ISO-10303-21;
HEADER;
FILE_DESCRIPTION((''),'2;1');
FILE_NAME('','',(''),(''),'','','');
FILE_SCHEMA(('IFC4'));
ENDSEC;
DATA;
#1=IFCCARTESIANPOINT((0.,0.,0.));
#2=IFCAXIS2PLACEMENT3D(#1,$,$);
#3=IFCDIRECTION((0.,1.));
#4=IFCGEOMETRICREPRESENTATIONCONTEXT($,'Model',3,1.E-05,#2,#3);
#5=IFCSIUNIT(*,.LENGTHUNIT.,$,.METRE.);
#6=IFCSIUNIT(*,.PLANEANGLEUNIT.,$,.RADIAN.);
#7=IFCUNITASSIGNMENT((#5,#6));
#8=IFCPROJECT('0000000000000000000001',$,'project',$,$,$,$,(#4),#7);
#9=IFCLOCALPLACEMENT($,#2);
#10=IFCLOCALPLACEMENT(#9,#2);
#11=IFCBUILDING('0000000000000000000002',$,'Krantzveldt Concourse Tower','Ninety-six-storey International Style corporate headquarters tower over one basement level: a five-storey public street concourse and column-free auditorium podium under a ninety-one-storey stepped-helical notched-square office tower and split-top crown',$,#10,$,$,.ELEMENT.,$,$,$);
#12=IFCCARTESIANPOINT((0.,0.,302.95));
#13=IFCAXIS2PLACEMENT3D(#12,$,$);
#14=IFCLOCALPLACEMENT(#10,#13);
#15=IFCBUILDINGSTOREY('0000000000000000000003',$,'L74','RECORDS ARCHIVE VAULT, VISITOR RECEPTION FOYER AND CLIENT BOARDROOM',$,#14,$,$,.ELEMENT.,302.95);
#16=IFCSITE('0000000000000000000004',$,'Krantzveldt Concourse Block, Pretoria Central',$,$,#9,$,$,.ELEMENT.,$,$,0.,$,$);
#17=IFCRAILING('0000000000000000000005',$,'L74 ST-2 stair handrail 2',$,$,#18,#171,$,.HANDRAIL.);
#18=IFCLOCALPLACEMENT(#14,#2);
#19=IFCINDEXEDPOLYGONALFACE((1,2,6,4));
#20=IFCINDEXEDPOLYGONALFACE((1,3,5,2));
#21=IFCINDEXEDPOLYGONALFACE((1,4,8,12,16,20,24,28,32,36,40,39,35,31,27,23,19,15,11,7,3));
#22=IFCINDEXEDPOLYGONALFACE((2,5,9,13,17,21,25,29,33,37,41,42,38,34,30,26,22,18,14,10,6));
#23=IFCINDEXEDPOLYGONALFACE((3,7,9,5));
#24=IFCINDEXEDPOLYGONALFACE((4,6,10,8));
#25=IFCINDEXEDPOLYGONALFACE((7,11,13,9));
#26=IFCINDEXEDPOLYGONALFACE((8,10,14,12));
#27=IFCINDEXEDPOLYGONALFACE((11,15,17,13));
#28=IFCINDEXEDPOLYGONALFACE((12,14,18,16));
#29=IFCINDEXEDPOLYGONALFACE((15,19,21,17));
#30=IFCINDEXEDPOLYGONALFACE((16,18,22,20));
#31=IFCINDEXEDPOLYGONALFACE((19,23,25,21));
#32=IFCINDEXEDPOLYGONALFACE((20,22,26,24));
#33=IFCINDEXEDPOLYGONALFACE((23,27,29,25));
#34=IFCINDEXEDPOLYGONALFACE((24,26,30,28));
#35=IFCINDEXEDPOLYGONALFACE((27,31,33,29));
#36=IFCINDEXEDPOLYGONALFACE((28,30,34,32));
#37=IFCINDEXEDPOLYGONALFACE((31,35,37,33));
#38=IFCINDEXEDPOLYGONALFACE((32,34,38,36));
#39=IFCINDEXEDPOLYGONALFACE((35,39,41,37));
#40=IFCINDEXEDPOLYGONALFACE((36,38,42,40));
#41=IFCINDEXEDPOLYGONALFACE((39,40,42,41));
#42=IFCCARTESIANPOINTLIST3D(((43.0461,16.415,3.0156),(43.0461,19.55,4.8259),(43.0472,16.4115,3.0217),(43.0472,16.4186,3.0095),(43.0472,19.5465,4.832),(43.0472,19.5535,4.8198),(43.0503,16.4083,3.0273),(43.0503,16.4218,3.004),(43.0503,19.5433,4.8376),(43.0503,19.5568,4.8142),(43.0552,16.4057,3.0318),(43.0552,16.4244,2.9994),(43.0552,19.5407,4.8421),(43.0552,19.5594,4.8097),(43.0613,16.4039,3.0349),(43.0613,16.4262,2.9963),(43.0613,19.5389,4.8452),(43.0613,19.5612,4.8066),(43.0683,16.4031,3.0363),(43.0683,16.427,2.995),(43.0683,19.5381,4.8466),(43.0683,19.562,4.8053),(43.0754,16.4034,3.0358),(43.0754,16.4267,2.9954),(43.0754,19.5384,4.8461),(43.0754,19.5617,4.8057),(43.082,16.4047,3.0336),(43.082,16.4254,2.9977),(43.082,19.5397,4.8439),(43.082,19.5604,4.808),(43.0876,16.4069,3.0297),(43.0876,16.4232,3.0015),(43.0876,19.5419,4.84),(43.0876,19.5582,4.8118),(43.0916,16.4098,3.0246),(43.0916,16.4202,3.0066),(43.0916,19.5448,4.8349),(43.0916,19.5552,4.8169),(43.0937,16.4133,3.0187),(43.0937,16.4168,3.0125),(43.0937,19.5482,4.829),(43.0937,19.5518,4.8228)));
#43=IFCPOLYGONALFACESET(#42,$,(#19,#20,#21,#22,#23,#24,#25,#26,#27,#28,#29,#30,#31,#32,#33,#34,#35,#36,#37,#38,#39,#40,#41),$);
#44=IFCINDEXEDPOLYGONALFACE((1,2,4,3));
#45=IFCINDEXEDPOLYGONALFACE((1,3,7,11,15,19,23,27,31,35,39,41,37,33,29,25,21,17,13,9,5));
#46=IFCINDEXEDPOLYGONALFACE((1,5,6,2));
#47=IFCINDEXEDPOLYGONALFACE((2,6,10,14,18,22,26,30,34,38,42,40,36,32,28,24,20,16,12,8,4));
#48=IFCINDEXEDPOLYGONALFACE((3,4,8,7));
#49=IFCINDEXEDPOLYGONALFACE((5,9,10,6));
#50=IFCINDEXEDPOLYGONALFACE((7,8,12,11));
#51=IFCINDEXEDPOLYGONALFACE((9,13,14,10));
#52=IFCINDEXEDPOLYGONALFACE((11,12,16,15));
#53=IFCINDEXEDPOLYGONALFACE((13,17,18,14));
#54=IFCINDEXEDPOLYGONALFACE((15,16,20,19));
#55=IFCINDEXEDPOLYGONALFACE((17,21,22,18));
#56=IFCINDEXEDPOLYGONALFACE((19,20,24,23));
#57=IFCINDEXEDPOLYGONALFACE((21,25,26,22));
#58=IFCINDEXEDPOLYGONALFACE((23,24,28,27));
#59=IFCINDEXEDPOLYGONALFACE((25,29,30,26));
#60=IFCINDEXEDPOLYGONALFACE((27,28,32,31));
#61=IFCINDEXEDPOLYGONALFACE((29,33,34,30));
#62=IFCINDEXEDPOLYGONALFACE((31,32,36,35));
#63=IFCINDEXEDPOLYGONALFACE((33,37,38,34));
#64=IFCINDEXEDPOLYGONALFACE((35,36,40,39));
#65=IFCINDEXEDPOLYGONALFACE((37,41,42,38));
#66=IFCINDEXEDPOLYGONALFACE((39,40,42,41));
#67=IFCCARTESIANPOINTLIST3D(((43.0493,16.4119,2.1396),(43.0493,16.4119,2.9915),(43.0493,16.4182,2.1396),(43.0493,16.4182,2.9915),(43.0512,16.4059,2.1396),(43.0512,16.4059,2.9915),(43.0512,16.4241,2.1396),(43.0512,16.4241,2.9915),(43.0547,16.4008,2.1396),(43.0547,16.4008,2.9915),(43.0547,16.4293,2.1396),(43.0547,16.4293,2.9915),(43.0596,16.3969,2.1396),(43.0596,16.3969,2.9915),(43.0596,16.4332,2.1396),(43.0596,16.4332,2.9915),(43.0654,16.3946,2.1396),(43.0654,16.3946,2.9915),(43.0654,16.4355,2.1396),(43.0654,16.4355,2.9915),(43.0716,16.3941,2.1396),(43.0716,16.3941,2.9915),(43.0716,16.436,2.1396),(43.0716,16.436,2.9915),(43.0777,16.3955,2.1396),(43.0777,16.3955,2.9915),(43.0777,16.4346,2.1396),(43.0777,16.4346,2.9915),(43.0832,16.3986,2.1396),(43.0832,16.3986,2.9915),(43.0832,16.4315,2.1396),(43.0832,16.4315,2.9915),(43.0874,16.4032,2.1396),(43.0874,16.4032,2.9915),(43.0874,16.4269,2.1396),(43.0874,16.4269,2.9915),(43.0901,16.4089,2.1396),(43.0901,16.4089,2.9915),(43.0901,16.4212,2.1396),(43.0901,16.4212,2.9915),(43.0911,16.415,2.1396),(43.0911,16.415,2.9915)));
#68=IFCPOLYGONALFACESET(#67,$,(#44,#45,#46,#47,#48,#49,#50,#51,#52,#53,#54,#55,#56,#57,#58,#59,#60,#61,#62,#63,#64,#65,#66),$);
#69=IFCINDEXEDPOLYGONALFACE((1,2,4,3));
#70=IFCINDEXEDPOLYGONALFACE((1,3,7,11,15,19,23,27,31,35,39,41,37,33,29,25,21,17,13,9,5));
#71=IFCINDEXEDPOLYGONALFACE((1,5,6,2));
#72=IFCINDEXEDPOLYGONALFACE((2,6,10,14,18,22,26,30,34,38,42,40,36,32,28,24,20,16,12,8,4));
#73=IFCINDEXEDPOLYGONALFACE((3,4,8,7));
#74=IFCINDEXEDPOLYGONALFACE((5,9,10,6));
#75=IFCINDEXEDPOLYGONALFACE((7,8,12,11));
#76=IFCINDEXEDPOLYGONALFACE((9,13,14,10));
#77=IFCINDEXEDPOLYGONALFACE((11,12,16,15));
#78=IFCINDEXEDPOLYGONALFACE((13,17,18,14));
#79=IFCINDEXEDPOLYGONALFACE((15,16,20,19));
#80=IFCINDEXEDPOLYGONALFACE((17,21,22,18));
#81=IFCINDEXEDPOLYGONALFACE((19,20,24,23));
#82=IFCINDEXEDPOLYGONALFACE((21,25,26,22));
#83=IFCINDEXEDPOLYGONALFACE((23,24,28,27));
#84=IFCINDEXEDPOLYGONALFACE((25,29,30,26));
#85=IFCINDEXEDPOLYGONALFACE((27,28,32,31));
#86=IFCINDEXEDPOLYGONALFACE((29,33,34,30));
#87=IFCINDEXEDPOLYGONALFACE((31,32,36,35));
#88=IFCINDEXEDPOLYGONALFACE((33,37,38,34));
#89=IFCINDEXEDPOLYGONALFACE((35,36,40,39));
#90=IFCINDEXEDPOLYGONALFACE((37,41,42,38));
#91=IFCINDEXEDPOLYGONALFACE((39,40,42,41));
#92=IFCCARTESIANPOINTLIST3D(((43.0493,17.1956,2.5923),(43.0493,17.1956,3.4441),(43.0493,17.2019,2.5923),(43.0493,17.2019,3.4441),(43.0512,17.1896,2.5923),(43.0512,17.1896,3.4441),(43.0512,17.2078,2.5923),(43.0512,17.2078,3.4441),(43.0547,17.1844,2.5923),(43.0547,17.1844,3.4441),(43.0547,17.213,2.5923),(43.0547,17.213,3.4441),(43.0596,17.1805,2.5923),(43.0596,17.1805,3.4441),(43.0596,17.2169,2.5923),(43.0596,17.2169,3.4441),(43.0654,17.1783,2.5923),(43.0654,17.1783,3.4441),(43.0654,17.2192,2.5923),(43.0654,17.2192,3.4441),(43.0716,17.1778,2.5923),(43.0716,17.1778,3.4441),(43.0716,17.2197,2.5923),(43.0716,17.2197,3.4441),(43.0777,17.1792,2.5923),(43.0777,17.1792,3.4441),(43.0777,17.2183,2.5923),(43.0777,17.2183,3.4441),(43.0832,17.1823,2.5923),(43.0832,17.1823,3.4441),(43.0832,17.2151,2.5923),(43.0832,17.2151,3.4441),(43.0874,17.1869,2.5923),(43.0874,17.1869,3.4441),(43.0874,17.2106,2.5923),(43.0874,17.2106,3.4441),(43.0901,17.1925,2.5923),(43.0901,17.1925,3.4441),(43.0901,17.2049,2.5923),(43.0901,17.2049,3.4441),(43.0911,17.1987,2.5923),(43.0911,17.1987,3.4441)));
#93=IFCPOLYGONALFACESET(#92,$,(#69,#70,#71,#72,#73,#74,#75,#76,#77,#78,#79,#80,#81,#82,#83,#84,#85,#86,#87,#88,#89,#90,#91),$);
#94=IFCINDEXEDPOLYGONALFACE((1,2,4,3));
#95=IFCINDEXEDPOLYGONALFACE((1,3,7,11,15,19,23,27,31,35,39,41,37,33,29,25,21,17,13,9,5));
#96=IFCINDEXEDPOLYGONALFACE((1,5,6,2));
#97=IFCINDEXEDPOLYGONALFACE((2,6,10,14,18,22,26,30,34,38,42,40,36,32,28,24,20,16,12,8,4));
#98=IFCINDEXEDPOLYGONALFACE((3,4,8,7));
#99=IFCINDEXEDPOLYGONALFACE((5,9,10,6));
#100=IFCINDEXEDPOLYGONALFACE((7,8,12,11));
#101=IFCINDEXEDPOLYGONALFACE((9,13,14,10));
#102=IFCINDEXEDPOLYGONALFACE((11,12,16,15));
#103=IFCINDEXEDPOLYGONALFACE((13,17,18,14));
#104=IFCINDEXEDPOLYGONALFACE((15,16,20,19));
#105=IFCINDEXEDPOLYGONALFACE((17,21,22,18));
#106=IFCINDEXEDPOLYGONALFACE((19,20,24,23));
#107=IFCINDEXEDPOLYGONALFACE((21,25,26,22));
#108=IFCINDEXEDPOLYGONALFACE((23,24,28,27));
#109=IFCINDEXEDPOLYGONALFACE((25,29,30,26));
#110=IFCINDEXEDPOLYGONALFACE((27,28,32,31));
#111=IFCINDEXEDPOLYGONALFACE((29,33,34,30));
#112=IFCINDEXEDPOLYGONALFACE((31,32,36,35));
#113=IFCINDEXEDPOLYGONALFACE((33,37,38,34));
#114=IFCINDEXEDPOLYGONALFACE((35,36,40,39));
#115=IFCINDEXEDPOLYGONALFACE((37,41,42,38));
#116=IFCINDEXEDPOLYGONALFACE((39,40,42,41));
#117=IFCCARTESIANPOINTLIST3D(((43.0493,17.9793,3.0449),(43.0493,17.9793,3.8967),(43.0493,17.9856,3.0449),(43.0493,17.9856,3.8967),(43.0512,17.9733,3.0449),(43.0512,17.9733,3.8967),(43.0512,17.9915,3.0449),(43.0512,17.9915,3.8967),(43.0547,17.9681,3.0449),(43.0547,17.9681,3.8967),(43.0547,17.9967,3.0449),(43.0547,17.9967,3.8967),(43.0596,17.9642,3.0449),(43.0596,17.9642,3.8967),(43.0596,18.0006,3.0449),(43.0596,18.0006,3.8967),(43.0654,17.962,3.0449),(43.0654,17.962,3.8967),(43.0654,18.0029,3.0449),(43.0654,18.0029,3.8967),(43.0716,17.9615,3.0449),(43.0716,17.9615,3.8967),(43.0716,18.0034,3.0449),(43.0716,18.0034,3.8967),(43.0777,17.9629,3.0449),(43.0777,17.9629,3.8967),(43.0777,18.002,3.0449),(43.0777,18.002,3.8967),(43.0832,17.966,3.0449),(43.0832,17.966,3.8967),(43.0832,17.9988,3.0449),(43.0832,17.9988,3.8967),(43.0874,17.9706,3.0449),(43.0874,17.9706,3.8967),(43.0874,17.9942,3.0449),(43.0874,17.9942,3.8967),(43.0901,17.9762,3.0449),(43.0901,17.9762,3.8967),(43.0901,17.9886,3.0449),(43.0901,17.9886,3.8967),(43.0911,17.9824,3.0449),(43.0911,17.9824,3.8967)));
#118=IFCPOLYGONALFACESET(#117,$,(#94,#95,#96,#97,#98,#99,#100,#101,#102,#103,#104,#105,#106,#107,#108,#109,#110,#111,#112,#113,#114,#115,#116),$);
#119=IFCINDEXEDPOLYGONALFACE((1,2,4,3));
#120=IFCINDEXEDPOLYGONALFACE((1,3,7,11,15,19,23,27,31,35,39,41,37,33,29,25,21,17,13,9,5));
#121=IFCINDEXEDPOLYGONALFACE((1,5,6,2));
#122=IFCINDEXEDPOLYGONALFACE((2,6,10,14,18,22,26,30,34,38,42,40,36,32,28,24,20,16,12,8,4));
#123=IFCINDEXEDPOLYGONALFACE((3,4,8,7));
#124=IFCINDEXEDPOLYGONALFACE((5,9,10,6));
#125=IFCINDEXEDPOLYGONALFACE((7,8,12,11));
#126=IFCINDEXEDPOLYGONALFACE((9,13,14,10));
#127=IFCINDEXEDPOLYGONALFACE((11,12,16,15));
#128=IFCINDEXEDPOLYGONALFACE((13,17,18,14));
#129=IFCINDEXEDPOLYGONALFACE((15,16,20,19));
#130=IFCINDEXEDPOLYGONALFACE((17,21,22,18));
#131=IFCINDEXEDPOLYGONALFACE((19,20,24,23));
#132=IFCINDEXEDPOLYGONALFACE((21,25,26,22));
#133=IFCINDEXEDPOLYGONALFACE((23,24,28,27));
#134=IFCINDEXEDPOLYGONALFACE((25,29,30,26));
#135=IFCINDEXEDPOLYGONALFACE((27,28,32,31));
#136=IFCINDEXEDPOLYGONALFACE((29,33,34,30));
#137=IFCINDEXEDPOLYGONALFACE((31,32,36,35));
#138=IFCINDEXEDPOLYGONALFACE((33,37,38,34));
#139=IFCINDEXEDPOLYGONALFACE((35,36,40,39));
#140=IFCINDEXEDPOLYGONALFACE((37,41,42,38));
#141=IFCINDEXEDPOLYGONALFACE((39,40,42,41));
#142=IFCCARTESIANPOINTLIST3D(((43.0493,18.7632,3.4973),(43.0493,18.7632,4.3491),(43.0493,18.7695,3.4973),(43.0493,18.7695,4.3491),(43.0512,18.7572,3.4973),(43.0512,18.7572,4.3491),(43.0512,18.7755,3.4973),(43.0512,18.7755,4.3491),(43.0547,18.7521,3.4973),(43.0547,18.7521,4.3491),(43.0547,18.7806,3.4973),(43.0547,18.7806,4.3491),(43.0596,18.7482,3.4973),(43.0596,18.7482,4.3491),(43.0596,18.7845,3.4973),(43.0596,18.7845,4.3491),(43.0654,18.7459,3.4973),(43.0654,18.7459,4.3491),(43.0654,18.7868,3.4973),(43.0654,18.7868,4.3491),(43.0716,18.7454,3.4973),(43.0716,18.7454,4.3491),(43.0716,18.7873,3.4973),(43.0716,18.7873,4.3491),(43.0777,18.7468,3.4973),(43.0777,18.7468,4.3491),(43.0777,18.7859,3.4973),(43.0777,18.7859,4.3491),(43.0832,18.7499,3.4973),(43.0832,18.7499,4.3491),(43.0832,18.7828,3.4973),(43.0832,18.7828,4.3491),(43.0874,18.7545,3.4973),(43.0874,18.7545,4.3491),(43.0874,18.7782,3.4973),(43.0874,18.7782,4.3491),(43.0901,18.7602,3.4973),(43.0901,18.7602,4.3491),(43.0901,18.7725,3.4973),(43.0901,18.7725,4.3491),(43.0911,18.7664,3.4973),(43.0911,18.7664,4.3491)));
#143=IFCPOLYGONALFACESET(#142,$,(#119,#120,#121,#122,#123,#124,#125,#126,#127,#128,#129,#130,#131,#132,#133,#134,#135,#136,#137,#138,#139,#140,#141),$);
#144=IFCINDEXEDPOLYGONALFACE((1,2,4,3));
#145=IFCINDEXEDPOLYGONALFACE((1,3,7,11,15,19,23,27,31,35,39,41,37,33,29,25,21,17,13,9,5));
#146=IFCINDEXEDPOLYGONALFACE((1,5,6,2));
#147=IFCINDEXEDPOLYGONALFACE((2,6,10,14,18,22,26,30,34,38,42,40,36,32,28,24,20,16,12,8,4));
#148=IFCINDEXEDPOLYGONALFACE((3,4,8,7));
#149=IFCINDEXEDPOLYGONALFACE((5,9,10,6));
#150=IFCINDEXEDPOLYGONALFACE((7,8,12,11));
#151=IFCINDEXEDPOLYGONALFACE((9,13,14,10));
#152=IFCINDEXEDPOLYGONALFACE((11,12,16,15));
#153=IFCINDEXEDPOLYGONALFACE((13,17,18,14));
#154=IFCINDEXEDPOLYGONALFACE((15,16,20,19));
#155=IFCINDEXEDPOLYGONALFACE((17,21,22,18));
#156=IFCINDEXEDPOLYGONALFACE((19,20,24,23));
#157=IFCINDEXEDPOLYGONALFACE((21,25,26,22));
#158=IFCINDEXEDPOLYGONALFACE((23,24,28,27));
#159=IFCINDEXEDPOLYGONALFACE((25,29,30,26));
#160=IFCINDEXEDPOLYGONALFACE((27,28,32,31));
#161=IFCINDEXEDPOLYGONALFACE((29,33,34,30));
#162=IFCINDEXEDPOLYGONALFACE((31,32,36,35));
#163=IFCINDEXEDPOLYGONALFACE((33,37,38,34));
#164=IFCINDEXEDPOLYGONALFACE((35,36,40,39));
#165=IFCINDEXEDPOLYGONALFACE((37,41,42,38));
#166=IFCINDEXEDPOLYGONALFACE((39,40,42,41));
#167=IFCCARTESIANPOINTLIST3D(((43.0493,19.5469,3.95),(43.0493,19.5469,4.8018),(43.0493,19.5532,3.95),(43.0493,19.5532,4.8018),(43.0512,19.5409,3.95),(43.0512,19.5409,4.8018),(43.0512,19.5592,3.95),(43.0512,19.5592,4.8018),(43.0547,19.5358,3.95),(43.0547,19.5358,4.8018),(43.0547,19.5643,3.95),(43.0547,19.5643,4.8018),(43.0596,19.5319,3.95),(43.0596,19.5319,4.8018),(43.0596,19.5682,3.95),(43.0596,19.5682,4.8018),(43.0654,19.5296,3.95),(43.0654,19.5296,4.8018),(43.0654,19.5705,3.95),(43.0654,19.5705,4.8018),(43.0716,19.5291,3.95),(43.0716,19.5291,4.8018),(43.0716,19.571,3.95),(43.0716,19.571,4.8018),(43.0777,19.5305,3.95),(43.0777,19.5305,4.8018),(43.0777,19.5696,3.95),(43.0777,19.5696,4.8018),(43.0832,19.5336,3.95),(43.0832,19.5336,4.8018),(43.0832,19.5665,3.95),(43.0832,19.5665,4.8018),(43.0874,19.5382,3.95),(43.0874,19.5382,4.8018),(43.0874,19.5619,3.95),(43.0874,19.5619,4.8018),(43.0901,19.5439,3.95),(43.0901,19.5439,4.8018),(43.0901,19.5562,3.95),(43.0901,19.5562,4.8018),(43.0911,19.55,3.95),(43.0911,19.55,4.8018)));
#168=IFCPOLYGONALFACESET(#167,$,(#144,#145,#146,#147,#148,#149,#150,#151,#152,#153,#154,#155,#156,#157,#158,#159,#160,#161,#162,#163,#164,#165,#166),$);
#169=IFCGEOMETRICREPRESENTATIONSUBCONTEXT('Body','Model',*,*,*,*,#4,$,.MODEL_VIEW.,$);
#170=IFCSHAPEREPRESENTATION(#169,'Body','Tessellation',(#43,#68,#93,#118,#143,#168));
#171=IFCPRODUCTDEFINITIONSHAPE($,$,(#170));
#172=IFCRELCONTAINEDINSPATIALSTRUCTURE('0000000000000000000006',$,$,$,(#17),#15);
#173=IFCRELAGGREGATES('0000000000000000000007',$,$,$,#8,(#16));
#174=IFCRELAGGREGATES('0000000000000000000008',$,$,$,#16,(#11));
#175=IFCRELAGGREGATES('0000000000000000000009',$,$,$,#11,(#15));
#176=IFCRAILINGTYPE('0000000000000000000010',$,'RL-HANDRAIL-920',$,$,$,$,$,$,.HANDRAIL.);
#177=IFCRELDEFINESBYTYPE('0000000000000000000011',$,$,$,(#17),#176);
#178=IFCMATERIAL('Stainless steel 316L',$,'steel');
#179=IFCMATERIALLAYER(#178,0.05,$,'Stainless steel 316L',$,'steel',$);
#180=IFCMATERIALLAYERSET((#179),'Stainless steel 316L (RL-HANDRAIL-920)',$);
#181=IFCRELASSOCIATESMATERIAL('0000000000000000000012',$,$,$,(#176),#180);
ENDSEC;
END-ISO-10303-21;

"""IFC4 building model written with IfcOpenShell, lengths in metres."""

from ifc_helpers import new_model, si_unit, direction, frame, origin, origin_2d, place, context, subcontext, project, spatial, circle, extrude, material, layer, layer_set, type_object, element, save


model = new_model("IFC4")

# Units and contexts
model_context = context("Model", 3, precision=1e-05, world=origin(), true_north=direction((0.0, 1.0)))
body_context = subcontext(model_context, "Body", "Model", "MODEL_VIEW")
ifc_project = project(units=[si_unit("LENGTHUNIT", "METRE"), si_unit("PLANEANGLEUNIT", "RADIAN")], contexts=[model_context])

# Site, building, storey
site_placement = place(None, origin())
site = spatial("IfcSite", under=ifc_project, at=site_placement, Name="Krantzveldt Concourse Block, Pretoria Central", CompositionType="ELEMENT", RefElevation=0.0)
building_placement = place(site_placement, origin())
building = spatial("IfcBuilding", under=site, at=building_placement, Name="Krantzveldt Concourse Tower", Description="Ninety-six-storey International Style corporate headquarters tower over one basement level: a five-storey public street concourse and column-free auditorium podium under a ninety-one-storey stepped-helical notched-square office tower and split-top crown", CompositionType="ELEMENT")
storey_placement = place(building_placement, frame((0.0, 0.0, 302.95)))
storey = spatial("IfcBuildingStorey", under=building, at=storey_placement, Name="L74", Description="RECORDS ARCHIVE VAULT, VISITOR RECEPTION FOYER AND CLIENT BOARDROOM", CompositionType="ELEMENT", Elevation=302.95)

# Railing
ifc_material_1 = material(Name="Stainless steel 316L", Category="steel")
ifc_layer_1 = layer(ifc_material_1, 0.05, Name="Stainless steel 316L", Category="steel")
ifc_layer_set_1 = layer_set([ifc_layer_1], Name="Stainless steel 316L (RL-HANDRAIL-920)")
railing_type = type_object("IfcRailingType", Name="RL-HANDRAIL-920", PredefinedType="HANDRAIL", material=ifc_layer_set_1)
railing_placement = place(storey_placement, frame((43.0701, 16.415, 2.1396)))
element("IfcRailing", 1, at=railing_placement, inside=storey, type_object=railing_type, Name="L74 ST-2 stair handrail 2", PredefinedType="HANDRAIL", context=body_context, shape_type="SweptSolid", body=[
    extrude(circle(Radius=0.0239, at=origin_2d()), frame((0.0, 0.0, 0.876), z_axis=(0.0, 0.865989, 0.500063), x_axis=(-1.0, 0.0, 0.0)), (0.0, 0.0, 1.0), 3.6201),
    extrude(circle(Radius=0.021, at=origin_2d()), origin(), (0.0, 0.0, 1.0), 0.8518),
    extrude(circle(Radius=0.021, at=origin_2d()), frame((0.0, 0.7837, 0.4526)), (0.0, 0.0, 1.0), 0.8518),
    extrude(circle(Radius=0.021, at=origin_2d()), frame((0.0, 1.5674, 0.9053)), (0.0, 0.0, 1.0), 0.8518),
    extrude(circle(Radius=0.021, at=origin_2d()), frame((0.0, 2.3513, 1.3577)), (0.0, 0.0, 1.0), 0.8518),
    extrude(circle(Radius=0.021, at=origin_2d()), frame((0.0, 3.135, 1.8103)), (0.0, 0.0, 1.0), 0.8518),
])

save(model, "model.ifc")
